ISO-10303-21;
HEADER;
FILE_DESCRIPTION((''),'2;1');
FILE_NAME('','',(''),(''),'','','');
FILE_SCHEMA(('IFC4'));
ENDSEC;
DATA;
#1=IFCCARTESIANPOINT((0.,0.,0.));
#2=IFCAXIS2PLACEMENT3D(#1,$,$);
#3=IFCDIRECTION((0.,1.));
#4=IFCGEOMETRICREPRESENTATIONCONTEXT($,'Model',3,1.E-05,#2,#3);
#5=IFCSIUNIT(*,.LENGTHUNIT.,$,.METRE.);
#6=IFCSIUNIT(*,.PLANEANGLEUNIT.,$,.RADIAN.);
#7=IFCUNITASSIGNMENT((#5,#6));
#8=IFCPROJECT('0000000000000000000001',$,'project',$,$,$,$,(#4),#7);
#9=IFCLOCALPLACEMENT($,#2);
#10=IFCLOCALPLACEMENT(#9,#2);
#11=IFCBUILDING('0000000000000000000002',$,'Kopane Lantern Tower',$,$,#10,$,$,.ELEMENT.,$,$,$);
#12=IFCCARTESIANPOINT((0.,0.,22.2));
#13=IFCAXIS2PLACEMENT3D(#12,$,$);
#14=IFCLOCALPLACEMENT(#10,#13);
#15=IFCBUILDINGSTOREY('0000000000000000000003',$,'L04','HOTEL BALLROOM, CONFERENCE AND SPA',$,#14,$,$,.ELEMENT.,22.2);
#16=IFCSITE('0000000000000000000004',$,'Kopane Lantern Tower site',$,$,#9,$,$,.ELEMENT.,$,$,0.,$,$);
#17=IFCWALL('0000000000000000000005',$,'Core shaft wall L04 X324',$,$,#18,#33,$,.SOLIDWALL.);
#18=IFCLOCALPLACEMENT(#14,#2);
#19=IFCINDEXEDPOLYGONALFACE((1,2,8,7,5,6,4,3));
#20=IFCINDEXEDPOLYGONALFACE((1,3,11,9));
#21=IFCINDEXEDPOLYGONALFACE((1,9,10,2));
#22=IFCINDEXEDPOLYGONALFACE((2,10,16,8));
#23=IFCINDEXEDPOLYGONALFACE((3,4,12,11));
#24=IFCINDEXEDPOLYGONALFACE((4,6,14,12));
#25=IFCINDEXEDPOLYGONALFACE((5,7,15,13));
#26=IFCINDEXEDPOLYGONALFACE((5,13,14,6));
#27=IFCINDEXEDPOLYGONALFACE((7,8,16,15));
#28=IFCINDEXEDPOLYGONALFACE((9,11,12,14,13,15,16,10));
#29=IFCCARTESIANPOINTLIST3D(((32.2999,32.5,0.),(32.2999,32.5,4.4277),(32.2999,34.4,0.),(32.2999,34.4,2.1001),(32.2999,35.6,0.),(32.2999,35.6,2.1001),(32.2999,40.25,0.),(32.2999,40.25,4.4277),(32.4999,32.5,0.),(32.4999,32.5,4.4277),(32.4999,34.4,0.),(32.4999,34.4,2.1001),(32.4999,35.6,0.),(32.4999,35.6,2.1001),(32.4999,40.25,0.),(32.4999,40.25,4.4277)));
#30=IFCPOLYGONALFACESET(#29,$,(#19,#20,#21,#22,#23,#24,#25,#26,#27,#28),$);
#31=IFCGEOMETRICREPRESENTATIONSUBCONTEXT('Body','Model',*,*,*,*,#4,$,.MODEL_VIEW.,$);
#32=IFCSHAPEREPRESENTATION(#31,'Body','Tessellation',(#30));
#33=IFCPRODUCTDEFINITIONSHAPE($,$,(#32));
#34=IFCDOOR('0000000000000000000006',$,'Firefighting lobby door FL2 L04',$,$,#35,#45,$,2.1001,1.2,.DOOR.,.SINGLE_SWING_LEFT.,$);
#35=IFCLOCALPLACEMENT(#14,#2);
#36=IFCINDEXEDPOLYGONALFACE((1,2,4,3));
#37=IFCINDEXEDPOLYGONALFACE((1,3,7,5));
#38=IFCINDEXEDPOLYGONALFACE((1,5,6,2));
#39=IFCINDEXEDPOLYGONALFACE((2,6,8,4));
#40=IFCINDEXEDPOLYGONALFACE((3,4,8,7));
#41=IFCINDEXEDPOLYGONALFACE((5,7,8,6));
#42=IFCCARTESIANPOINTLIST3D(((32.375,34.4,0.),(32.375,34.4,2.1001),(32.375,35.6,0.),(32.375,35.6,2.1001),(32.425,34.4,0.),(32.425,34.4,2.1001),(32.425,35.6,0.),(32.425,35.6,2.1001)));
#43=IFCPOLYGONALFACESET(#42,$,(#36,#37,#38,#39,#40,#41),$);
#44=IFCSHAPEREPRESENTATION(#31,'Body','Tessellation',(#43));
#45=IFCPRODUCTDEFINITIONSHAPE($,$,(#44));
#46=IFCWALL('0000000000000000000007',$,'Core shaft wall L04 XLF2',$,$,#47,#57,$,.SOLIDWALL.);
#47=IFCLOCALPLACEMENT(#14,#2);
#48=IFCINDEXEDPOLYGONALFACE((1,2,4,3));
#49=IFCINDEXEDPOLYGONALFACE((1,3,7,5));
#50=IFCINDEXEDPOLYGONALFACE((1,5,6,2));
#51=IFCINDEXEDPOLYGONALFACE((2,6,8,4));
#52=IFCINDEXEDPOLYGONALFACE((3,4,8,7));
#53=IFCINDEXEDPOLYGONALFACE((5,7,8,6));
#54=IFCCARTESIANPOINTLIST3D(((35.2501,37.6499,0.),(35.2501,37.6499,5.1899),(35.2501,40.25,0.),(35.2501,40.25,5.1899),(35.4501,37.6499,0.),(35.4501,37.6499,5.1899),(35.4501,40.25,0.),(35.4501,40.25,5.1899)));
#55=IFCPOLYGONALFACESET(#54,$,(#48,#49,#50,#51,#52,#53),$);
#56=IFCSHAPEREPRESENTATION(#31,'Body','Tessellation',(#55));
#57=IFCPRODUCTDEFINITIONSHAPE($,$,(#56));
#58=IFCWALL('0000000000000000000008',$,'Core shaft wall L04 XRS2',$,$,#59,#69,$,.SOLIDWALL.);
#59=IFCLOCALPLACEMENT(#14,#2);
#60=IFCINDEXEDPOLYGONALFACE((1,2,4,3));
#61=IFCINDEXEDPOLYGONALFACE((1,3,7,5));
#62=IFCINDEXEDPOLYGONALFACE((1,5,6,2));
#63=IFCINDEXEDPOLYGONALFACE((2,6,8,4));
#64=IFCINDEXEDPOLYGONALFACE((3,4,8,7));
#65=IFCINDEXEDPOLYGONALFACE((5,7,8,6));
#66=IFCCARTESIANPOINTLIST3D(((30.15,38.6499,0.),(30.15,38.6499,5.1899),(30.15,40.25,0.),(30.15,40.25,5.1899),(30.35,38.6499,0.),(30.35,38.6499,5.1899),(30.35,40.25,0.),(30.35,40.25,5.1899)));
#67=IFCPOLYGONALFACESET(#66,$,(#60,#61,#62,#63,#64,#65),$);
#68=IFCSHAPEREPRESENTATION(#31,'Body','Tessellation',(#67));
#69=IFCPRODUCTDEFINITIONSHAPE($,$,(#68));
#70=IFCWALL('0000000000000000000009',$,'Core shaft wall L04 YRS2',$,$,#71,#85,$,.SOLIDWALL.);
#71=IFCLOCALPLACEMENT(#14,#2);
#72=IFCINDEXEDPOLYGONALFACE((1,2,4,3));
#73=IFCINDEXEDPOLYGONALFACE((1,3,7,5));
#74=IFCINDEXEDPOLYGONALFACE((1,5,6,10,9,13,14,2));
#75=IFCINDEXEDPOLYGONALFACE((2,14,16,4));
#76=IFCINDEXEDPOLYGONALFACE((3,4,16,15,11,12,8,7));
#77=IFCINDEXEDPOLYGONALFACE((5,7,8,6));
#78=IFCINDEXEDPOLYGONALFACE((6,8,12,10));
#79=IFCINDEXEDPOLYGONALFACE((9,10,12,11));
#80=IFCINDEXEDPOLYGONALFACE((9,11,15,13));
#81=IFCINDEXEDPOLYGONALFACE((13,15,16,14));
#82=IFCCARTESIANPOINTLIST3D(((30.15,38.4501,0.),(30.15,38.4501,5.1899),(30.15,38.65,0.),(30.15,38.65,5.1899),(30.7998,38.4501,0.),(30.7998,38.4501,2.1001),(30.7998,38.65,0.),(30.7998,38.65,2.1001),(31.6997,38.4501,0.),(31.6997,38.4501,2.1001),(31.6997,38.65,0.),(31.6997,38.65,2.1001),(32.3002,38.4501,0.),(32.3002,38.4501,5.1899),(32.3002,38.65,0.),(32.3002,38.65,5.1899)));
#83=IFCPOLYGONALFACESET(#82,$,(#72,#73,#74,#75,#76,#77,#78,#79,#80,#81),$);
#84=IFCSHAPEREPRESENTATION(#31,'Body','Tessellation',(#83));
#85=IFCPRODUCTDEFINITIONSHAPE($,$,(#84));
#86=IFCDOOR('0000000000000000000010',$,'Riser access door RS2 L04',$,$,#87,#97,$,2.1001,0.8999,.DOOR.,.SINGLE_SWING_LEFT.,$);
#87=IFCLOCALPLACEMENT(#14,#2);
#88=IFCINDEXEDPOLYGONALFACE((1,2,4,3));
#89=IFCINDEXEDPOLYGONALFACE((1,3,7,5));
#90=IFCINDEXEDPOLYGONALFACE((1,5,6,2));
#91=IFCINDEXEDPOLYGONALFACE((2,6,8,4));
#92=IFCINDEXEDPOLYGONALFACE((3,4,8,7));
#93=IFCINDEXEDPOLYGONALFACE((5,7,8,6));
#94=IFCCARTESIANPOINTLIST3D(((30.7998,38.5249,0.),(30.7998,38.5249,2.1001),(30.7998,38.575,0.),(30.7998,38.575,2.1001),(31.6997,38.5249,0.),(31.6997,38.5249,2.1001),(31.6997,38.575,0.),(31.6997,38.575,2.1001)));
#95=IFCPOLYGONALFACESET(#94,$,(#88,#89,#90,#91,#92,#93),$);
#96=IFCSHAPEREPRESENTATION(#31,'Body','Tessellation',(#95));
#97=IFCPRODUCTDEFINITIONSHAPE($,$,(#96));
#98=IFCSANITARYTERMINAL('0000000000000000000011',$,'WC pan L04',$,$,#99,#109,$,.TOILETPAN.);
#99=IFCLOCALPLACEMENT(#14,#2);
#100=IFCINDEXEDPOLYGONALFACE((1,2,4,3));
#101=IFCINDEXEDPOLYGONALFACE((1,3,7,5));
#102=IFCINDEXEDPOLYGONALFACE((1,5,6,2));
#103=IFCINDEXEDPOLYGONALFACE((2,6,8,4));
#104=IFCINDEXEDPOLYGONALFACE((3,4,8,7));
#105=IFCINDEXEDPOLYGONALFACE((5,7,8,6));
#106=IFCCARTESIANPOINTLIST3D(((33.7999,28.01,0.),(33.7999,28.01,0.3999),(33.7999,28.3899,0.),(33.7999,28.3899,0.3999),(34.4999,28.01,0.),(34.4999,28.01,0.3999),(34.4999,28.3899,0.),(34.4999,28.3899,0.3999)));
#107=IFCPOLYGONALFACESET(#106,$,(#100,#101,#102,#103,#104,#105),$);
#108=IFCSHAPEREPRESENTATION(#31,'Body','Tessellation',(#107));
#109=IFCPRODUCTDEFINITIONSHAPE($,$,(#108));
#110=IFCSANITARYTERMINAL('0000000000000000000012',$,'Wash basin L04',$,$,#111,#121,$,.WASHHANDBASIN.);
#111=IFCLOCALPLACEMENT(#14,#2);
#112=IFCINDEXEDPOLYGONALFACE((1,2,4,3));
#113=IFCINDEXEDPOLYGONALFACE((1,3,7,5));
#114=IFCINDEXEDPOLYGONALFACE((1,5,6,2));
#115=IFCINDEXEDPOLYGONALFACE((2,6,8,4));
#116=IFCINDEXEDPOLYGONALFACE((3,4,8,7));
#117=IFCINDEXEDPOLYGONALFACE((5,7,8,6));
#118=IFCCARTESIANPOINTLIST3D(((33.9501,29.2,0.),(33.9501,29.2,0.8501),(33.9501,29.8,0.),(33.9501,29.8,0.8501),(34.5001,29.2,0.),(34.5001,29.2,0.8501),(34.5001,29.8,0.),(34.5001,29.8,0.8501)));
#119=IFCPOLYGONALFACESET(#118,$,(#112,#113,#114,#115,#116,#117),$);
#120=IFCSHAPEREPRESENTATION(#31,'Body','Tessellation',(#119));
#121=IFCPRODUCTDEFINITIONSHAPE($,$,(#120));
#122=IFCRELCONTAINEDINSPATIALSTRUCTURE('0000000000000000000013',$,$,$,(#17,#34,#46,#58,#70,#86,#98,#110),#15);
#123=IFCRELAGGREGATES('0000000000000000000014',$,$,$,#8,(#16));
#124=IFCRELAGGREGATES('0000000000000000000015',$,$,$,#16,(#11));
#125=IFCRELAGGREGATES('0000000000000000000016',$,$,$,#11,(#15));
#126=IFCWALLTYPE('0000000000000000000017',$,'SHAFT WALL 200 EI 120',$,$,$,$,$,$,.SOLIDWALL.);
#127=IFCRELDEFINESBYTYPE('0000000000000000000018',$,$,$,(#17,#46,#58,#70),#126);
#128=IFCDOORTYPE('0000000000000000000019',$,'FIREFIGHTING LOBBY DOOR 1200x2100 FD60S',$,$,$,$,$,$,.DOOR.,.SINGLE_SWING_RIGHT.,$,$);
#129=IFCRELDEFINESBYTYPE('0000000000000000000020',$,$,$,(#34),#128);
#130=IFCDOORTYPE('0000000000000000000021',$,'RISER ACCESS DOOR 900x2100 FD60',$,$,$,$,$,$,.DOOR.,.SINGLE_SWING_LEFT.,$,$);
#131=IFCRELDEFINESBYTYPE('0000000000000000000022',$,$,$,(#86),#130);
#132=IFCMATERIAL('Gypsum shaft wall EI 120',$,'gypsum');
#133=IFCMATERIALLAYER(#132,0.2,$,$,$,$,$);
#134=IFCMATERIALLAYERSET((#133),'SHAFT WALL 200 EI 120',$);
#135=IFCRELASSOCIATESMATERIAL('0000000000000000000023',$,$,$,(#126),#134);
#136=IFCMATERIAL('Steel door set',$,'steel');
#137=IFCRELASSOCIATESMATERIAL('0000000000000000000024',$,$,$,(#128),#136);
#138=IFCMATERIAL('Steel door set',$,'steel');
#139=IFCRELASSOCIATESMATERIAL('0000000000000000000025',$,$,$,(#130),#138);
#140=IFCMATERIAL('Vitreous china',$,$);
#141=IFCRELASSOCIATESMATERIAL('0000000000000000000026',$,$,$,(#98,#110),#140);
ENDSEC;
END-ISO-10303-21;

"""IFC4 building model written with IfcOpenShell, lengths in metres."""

from ifc_helpers import new_model, si_unit, direction, frame, frame_2d, origin, origin_2d, place, context, subcontext, project, spatial, rectangle, extrude, material, layer, layer_set, type_object, element, fill, save


model = new_model("IFC4")

# Units and contexts
model_context = context("Model", 3, precision=1e-05, world=origin(), true_north=direction((0.0, 1.0)))
body_context = subcontext(model_context, "Body", "Model", "MODEL_VIEW")
ifc_project = project(units=[si_unit("LENGTHUNIT", "METRE"), si_unit("PLANEANGLEUNIT", "RADIAN")], contexts=[model_context])

# Site, building, storey
site_placement = place(None, origin())
site = spatial("IfcSite", under=ifc_project, at=site_placement, Name="Kopane Lantern Tower site", CompositionType="ELEMENT", RefElevation=0.0)
building_placement = place(site_placement, origin())
building = spatial("IfcBuilding", under=site, at=building_placement, Name="Kopane Lantern Tower", CompositionType="ELEMENT")
storey_placement = place(building_placement, frame((0.0, 0.0, 22.2)))
storey = spatial("IfcBuildingStorey", under=building, at=storey_placement, Name="L04", Description="HOTEL BALLROOM, CONFERENCE AND SPA", CompositionType="ELEMENT", Elevation=22.2)

# Shared definitions
ifc_material_1 = material(Name="Gypsum shaft wall EI 120", Category="gypsum")
ifc_layer_1 = layer(ifc_material_1, 0.2)
ifc_layer_set_1 = layer_set([ifc_layer_1], Name="SHAFT WALL 200 EI 120")
wall_type_1 = type_object("IfcWallType", Name="SHAFT WALL 200 EI 120", PredefinedType="SOLIDWALL", material=ifc_layer_set_1)

# Wall, opening, door
wall_1_placement = place(storey_placement, frame((32.3999, 32.5, 0.0), z_axis=(0.0, 0.0, 1.0), x_axis=(0.0, 1.0, 0.0)))
wall_1 = element("IfcWall", 1, at=wall_1_placement, inside=storey, type_object=wall_type_1, Name="Core shaft wall L04 X324", PredefinedType="SOLIDWALL", context=body_context, shape_type="SweptSolid", body=[
    extrude(rectangle(XDim=7.75, YDim=0.2, at=frame_2d((3.875, 0.0))), origin(), (0.0, 0.0, 1.0), 4.4277),
])
opening_1_placement = place(wall_1_placement, frame((1.8999, 0.0, 0.0)))
opening_1 = element("IfcOpeningElement", 2, at=opening_1_placement, cuts=wall_1, PredefinedType="OPENING", context=body_context, shape_type="SweptSolid", body=[
    extrude(rectangle(XDim=1.2, YDim=2.1001, at=frame_2d((0.6001, 1.05))), frame((0.0, 0.1099, 0.0), z_axis=(0.0, -1.0, 0.0), x_axis=(1.0, 0.0, 0.0)), (0.0, 0.0, 1.0), 0.22),
])
ifc_material_2 = material(Name="Steel door set", Category="steel")
door_type_1 = type_object("IfcDoorType", Name="FIREFIGHTING LOBBY DOOR 1200x2100 FD60S", OperationType="SINGLE_SWING_RIGHT", PredefinedType="DOOR", material=ifc_material_2)
door_1_placement = place(opening_1_placement, origin())
door_1 = element("IfcDoor", 3, at=door_1_placement, inside=storey, type_object=door_type_1, Name="Firefighting lobby door FL2 L04", OperationType="SINGLE_SWING_LEFT", OverallHeight=2.1001, OverallWidth=1.2, PredefinedType="DOOR", context=body_context, shape_type="SweptSolid", body=[
    extrude(rectangle(XDim=1.2, YDim=2.1001, at=frame_2d((0.6001, 1.05))), frame((0.0, 0.0249, 0.0), z_axis=(0.0, -1.0, 0.0), x_axis=(1.0, 0.0, 0.0)), (0.0, 0.0, 1.0), 0.05),
])
fill(opening_1, door_1)

# Walls
wall_2_placement = place(storey_placement, frame((35.3501, 37.6499, 0.0), z_axis=(0.0, 0.0, 1.0), x_axis=(0.0, 1.0, 0.0)))
element("IfcWall", 4, at=wall_2_placement, inside=storey, type_object=wall_type_1, Name="Core shaft wall L04 XLF2", PredefinedType="SOLIDWALL", context=body_context, shape_type="SweptSolid", body=[
    extrude(rectangle(XDim=2.6001, YDim=0.2, at=frame_2d((1.3, 0.0))), origin(), (0.0, 0.0, 1.0), 5.1899),
])
wall_3_placement = place(storey_placement, frame((30.25, 38.6499, 0.0), z_axis=(0.0, 0.0, 1.0), x_axis=(0.0, 1.0, 0.0)))
element("IfcWall", 5, at=wall_3_placement, inside=storey, type_object=wall_type_1, Name="Core shaft wall L04 XRS2", PredefinedType="SOLIDWALL", context=body_context, shape_type="SweptSolid", body=[
    extrude(rectangle(XDim=1.6001, YDim=0.2, at=frame_2d((0.8, 0.0))), origin(), (0.0, 0.0, 1.0), 5.1899),
])

# Wall, opening, door
wall_4_placement = place(storey_placement, frame((30.1499, 38.55, 0.0), z_axis=(0.0, 0.0, 1.0), x_axis=(1.0, 0.0, 0.0)))
wall_4 = element("IfcWall", 6, at=wall_4_placement, inside=storey, type_object=wall_type_1, Name="Core shaft wall L04 YRS2", PredefinedType="SOLIDWALL", context=body_context, shape_type="SweptSolid", body=[
    extrude(rectangle(XDim=2.1501, YDim=0.2, at=frame_2d((1.0752, 0.0))), origin(), (0.0, 0.0, 1.0), 5.1899),
])
opening_2_placement = place(wall_4_placement, frame((0.6499, 0.0, 0.0)))
opening_2 = element("IfcOpeningElement", 7, at=opening_2_placement, cuts=wall_4, PredefinedType="OPENING", context=body_context, shape_type="SweptSolid", body=[
    extrude(rectangle(XDim=0.8999, YDim=2.1001, at=frame_2d((0.45, 1.05))), frame((0.0, 0.1099, 0.0), z_axis=(0.0, -1.0, 0.0), x_axis=(1.0, 0.0, 0.0)), (0.0, 0.0, 1.0), 0.22),
])
ifc_material_3 = material(Name="Steel door set", Category="steel")
door_type_2 = type_object("IfcDoorType", Name="RISER ACCESS DOOR 900x2100 FD60", OperationType="SINGLE_SWING_LEFT", PredefinedType="DOOR", material=ifc_material_3)
door_2_placement = place(opening_2_placement, origin())
door_2 = element("IfcDoor", 8, at=door_2_placement, inside=storey, type_object=door_type_2, Name="Riser access door RS2 L04", OperationType="SINGLE_SWING_LEFT", OverallHeight=2.1001, OverallWidth=0.8999, PredefinedType="DOOR", context=body_context, shape_type="SweptSolid", body=[
    extrude(rectangle(XDim=0.8999, YDim=2.1001, at=frame_2d((0.45, 1.05))), frame((0.0, 0.0249, 0.0), z_axis=(0.0, -1.0, 0.0), x_axis=(1.0, 0.0, 0.0)), (0.0, 0.0, 1.0), 0.05),
])
fill(opening_2, door_2)

# Sanitary terminals
ifc_material_4 = material(Name="Vitreous china")
sanitary_terminal_1_placement = place(storey_placement, frame((34.1499, 28.2, 0.0), z_axis=(0.0, 0.0, 1.0), x_axis=(1.0, 0.0, 0.0)))
element("IfcSanitaryTerminal", 9, at=sanitary_terminal_1_placement, inside=storey, material=ifc_material_4, Name="WC pan L04", PredefinedType="TOILETPAN", context=body_context, shape_type="SweptSolid", body=[
    extrude(rectangle(XDim=0.7, YDim=0.3799, at=origin_2d()), origin(), (0.0, 0.0, 1.0), 0.3999),
])
sanitary_terminal_2_placement = place(storey_placement, frame((34.2251, 29.5, 0.0), z_axis=(0.0, 0.0, 1.0), x_axis=(1.0, 0.0, 0.0)))
element("IfcSanitaryTerminal", 10, at=sanitary_terminal_2_placement, inside=storey, material=ifc_material_4, Name="Wash basin L04", PredefinedType="WASHHANDBASIN", context=body_context, shape_type="SweptSolid", body=[
    extrude(rectangle(XDim=0.55, YDim=0.6001, at=origin_2d()), origin(), (0.0, 0.0, 1.0), 0.8501),
])

save(model, "model.ifc")
